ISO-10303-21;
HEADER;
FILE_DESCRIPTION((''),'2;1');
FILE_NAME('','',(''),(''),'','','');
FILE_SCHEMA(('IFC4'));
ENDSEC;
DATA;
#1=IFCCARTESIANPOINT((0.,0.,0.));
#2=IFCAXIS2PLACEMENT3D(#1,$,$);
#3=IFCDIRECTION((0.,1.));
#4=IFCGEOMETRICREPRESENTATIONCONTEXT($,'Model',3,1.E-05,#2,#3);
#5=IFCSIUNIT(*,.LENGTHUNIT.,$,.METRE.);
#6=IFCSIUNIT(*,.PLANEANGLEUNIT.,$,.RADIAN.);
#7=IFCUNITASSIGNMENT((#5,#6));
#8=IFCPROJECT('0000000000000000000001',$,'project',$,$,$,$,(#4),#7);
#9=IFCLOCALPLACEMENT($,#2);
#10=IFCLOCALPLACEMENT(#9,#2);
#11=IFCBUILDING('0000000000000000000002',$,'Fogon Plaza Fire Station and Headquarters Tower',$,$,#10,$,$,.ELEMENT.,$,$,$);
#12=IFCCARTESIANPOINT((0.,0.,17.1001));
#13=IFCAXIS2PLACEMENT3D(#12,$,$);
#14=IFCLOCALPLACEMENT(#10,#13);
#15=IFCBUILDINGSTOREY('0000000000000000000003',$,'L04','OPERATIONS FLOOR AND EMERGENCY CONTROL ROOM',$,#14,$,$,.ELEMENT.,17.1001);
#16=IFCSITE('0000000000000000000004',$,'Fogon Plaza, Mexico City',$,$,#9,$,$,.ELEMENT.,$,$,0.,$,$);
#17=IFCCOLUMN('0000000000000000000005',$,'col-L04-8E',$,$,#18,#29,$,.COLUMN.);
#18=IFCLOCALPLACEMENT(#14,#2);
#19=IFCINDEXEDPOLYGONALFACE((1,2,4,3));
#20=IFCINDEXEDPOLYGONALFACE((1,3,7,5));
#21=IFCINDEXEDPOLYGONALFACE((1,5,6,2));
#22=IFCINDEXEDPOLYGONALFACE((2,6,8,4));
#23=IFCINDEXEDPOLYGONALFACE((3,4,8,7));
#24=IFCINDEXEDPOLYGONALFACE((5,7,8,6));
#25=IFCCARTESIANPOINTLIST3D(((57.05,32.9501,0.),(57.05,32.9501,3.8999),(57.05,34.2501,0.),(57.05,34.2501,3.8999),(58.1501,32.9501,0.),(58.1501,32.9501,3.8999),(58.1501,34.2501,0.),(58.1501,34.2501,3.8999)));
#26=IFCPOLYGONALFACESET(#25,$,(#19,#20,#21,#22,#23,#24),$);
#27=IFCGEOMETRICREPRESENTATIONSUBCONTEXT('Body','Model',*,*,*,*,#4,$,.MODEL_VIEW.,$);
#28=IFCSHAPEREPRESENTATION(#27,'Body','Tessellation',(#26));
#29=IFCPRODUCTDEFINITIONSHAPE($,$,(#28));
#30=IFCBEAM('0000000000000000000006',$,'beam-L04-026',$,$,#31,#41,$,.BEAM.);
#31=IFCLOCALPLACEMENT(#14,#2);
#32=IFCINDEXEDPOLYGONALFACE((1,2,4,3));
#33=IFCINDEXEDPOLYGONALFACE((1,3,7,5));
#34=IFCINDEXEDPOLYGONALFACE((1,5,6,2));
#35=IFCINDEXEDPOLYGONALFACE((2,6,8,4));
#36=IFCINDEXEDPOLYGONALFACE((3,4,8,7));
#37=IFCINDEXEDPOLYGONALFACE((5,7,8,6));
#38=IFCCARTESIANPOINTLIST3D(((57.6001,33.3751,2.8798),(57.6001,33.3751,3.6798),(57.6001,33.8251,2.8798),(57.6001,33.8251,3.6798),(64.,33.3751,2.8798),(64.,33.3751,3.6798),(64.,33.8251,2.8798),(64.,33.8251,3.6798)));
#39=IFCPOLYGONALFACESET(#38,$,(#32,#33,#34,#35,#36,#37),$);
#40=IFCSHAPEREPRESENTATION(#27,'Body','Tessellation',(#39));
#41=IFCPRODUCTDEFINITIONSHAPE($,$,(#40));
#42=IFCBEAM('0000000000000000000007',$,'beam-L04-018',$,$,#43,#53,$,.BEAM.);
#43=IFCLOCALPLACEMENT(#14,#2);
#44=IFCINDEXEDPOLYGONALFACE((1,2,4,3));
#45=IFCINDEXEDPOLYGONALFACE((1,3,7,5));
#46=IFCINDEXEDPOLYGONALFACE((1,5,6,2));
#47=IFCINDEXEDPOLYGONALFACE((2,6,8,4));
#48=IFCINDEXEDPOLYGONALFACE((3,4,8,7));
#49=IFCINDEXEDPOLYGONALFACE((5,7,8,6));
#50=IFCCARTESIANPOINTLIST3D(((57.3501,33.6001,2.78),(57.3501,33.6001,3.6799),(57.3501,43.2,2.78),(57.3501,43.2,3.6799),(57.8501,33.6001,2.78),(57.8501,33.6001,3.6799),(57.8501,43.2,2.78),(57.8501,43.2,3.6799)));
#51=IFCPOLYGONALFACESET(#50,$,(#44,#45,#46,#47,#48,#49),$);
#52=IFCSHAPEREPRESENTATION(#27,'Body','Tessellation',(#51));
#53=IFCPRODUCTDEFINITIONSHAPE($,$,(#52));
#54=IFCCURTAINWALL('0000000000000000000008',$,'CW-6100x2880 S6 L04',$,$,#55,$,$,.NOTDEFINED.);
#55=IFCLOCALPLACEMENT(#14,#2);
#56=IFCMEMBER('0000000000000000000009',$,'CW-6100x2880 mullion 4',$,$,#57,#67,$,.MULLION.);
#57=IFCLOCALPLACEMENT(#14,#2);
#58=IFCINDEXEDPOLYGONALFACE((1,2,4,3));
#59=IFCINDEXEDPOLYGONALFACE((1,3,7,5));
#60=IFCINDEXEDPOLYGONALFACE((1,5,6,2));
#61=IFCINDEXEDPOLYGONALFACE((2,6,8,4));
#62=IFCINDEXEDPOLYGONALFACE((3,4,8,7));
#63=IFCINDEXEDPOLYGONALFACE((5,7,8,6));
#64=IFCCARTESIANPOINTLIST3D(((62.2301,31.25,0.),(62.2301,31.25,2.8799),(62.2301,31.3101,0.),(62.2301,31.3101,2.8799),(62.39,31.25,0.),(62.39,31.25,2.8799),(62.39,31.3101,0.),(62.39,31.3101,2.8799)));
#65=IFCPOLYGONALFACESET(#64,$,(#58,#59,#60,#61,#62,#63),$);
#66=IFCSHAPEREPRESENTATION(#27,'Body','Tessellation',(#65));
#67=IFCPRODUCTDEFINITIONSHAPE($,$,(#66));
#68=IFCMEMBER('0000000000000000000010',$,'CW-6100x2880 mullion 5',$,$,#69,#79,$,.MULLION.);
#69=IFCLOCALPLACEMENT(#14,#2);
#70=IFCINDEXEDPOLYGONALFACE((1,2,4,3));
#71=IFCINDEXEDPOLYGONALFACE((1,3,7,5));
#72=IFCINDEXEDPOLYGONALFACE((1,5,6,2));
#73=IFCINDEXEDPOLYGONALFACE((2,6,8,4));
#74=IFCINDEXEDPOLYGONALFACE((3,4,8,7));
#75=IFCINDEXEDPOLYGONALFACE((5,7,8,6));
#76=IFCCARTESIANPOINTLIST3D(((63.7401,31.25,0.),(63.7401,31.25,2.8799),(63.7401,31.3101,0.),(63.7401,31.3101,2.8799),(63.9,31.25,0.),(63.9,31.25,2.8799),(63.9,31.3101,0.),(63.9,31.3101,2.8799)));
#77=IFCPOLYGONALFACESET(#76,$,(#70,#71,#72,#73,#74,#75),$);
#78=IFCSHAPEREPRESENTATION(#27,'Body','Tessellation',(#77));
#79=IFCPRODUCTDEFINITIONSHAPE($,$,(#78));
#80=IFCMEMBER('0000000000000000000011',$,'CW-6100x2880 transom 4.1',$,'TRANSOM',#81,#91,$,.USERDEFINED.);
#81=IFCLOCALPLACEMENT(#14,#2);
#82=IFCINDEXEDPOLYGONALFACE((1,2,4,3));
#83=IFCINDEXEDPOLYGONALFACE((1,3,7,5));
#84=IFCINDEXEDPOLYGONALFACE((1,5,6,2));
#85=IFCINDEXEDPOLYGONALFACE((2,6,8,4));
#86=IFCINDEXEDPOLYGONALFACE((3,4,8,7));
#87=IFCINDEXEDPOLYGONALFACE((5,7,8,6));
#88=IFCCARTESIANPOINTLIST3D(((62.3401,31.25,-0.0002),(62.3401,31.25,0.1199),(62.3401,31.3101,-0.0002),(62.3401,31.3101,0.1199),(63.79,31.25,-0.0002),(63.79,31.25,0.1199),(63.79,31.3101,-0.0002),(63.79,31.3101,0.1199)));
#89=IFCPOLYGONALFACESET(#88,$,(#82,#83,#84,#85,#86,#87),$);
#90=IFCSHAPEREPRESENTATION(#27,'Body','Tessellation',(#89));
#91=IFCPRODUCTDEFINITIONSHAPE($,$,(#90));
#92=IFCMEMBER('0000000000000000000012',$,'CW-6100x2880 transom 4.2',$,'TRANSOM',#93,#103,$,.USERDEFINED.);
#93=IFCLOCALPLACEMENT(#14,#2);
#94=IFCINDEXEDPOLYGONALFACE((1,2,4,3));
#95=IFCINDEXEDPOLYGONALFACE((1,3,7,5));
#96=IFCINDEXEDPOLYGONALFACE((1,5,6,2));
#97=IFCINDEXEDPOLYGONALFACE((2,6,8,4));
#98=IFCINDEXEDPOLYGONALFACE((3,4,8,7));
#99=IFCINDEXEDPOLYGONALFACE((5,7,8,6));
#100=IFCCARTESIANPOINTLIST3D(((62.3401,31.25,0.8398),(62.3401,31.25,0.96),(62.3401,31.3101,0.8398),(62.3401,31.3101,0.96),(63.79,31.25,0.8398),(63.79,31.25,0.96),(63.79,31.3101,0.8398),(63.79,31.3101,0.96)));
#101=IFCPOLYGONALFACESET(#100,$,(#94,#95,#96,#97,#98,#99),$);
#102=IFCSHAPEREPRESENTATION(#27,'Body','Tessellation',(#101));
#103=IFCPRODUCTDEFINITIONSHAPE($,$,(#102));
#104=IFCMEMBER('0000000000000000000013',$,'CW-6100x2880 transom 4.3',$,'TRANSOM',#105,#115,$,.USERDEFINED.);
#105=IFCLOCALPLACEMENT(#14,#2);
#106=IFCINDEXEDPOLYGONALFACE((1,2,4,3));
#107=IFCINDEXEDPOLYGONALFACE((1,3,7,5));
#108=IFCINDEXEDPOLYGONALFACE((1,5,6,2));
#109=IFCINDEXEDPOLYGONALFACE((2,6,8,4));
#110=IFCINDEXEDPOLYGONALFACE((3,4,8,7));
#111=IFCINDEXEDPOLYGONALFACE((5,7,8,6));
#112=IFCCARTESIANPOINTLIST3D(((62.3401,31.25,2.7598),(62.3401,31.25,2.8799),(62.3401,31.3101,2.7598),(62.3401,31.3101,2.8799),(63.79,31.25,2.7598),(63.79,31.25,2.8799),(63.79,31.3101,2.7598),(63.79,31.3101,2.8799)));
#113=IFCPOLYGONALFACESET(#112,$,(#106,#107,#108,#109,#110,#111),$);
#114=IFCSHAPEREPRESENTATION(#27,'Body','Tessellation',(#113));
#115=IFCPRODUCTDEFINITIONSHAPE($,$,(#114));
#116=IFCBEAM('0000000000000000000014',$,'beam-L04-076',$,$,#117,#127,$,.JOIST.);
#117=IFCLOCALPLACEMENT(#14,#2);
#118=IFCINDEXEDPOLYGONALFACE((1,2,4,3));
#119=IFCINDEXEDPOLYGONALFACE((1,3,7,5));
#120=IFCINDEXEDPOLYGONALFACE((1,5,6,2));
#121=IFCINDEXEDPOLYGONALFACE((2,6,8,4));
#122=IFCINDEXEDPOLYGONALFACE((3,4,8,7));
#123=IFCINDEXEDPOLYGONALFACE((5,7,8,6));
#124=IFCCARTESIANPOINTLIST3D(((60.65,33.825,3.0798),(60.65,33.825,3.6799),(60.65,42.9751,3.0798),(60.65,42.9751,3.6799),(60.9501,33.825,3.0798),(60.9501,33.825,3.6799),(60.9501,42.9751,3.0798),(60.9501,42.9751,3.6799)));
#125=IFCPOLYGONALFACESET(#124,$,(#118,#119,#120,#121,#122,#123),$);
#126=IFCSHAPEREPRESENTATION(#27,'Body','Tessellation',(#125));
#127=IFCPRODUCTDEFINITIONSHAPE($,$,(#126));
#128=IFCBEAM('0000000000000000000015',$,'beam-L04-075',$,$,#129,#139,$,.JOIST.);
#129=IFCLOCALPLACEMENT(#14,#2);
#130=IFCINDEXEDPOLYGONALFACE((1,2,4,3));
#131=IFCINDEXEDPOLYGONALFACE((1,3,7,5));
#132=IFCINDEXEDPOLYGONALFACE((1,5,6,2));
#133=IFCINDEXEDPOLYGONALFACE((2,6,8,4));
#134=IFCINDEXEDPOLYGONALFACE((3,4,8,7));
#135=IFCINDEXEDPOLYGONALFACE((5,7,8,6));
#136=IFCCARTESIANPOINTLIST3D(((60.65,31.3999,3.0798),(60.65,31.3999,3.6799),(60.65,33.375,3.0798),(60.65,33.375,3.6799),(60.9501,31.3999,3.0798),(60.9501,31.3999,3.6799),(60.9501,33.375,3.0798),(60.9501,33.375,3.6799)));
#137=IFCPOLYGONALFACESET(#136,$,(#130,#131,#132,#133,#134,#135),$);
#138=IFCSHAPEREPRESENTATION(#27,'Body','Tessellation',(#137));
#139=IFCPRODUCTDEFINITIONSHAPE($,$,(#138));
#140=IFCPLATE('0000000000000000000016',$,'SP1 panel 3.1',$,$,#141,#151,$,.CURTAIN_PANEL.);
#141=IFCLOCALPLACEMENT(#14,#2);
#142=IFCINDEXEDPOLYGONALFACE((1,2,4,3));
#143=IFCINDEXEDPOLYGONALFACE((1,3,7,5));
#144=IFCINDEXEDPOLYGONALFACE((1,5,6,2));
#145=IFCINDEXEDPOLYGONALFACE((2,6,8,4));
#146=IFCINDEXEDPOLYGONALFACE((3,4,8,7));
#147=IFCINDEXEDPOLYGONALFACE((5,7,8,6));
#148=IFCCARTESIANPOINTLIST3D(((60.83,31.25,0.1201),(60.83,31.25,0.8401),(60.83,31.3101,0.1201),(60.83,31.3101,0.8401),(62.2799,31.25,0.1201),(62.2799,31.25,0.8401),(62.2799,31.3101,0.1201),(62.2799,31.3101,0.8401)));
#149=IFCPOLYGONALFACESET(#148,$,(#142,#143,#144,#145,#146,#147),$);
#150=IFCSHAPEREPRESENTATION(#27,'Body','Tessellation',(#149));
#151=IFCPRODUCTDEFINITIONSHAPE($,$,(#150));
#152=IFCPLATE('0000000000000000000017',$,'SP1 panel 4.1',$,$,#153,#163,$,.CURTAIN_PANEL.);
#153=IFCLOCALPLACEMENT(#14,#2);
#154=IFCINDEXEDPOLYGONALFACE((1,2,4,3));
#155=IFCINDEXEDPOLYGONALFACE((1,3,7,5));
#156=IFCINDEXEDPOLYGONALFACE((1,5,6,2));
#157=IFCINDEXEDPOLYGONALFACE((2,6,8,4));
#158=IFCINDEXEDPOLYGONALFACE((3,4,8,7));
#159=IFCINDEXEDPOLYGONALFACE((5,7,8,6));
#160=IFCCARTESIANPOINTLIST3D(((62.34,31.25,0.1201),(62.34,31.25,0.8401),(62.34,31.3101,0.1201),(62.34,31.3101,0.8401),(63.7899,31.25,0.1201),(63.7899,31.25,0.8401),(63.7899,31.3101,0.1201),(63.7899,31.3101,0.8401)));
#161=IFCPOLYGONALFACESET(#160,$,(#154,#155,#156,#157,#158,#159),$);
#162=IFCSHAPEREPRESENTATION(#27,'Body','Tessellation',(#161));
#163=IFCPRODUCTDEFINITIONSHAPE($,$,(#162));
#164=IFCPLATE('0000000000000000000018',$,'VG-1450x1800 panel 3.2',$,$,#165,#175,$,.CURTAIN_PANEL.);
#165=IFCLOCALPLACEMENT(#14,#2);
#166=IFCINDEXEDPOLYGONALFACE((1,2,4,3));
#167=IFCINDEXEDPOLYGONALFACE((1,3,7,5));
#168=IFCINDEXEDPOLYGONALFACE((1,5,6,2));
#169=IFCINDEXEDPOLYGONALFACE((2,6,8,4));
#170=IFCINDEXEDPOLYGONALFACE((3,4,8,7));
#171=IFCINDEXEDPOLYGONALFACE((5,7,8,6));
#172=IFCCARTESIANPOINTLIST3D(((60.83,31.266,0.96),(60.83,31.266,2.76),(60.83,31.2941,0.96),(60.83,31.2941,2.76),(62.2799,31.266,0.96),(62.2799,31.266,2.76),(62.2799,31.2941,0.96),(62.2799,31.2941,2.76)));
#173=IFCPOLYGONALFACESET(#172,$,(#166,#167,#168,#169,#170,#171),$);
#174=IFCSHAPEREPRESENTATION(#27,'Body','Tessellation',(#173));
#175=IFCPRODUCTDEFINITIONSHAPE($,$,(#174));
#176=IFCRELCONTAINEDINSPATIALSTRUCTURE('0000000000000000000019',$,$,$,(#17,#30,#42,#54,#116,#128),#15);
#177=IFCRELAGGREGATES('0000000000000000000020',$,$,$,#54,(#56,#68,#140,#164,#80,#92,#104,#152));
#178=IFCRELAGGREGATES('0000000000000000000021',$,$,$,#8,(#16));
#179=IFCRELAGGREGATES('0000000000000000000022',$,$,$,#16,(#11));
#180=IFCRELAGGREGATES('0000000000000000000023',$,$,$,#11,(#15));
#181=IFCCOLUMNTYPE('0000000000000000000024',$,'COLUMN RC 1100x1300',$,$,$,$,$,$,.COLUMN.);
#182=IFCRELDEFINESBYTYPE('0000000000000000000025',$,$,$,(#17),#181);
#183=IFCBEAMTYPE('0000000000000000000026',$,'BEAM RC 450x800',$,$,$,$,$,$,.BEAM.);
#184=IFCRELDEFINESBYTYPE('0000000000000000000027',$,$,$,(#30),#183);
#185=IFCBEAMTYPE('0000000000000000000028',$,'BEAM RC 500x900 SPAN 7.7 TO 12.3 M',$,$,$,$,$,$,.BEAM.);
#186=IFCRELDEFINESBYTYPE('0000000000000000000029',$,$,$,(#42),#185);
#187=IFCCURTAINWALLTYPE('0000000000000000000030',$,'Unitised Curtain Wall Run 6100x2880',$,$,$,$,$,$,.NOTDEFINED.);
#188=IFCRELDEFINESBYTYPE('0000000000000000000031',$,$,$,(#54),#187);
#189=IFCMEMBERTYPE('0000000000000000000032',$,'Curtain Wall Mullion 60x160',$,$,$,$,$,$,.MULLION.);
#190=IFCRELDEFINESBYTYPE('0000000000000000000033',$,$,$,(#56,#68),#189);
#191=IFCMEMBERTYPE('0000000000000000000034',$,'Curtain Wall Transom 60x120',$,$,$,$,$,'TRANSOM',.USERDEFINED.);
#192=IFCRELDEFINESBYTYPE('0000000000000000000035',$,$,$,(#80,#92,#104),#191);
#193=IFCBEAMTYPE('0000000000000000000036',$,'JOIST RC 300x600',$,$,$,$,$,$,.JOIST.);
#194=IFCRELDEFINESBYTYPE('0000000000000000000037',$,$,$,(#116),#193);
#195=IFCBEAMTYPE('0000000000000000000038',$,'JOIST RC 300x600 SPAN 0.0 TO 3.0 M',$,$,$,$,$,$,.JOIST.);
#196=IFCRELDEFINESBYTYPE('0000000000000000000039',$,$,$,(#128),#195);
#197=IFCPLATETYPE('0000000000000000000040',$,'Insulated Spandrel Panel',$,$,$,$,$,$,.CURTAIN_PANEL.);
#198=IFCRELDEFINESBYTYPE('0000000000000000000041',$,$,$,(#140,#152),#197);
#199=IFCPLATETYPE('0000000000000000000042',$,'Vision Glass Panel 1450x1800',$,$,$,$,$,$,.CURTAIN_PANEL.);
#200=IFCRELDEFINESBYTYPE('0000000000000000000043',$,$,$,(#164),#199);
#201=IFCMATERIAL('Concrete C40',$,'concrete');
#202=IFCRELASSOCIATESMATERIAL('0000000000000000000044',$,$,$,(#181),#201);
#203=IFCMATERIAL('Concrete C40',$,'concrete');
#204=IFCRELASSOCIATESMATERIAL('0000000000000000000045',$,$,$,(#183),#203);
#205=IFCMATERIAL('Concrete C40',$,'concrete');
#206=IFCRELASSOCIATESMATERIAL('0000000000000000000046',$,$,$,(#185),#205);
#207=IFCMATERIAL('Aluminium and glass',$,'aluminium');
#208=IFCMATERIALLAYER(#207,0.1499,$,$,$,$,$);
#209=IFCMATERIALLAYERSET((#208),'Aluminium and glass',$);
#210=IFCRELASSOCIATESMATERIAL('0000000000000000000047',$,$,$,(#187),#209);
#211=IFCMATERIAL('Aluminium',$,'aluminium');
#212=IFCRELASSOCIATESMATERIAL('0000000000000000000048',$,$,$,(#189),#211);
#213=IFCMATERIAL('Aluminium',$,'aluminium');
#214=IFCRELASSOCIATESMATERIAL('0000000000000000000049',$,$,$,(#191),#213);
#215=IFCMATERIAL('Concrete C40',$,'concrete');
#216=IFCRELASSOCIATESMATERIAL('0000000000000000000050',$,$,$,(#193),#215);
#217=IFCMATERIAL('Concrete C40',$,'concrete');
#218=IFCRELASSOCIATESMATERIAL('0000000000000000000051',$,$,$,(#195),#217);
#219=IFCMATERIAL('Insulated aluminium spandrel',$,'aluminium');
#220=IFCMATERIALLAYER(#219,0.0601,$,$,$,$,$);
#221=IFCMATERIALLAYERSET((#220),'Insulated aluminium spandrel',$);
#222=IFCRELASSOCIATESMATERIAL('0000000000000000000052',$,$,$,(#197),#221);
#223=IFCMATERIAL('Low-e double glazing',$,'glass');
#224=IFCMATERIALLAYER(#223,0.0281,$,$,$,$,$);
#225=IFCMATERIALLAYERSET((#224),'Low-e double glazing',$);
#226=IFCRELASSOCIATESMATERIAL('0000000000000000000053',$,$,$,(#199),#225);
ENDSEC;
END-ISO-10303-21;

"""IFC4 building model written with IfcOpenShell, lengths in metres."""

from ifc_helpers import new_model, si_unit, direction, frame, origin, origin_2d, place, context, subcontext, project, spatial, rectangle, extrude, material, layer, layer_set, material_profile, profile_set, type_object, element, aggregate, save


model = new_model("IFC4")

# Units and contexts
model_context = context("Model", 3, precision=1e-05, world=origin(), true_north=direction((0.0, 1.0)))
body_context = subcontext(model_context, "Body", "Model", "MODEL_VIEW")
ifc_project = project(units=[si_unit("LENGTHUNIT", "METRE"), si_unit("PLANEANGLEUNIT", "RADIAN")], contexts=[model_context])

# Site, building, storey
site_placement = place(None, origin())
site = spatial("IfcSite", under=ifc_project, at=site_placement, Name="Fogon Plaza, Mexico City", CompositionType="ELEMENT", RefElevation=0.0)
building_placement = place(site_placement, origin())
building = spatial("IfcBuilding", under=site, at=building_placement, Name="Fogon Plaza Fire Station and Headquarters Tower", CompositionType="ELEMENT")
storey_placement = place(building_placement, frame((0.0, 0.0, 17.1001)))
storey = spatial("IfcBuildingStorey", under=building, at=storey_placement, Name="L04", Description="OPERATIONS FLOOR AND EMERGENCY CONTROL ROOM", CompositionType="ELEMENT", Elevation=17.1001)

# Column
ifc_material_1 = material(Name="Concrete C40", Category="concrete")
ifc_material_profile_1 = material_profile(ifc_material_1, rectangle(XDim=1.1001, YDim=1.3, at=origin_2d()), Name="RC 1100x1300")
ifc_profile_set_1 = profile_set([ifc_material_profile_1], Name="Concrete C40")
column_type = type_object("IfcColumnType", Name="COLUMN RC 1100x1300", PredefinedType="COLUMN", material=ifc_profile_set_1)
column_placement = place(storey_placement, frame((57.6001, 33.6001, 0.0), z_axis=(0.0, 0.0, 1.0), x_axis=(1.0, 0.0, 0.0)))
element("IfcColumn", 1, at=column_placement, inside=storey, type_object=column_type, Name="col-L04-8E", PredefinedType="COLUMN", context=body_context, shape_type="SweptSolid", body=[
    extrude(rectangle(XDim=1.1001, YDim=1.3, at=origin_2d()), origin(), (0.0, 0.0, 1.0), 3.8999),
])

# Beams
ifc_material_2 = material(Name="Concrete C40", Category="concrete")
ifc_material_profile_2 = material_profile(ifc_material_2, rectangle(XDim=0.45, YDim=0.8, at=origin_2d()), Name="RC 450x800")
ifc_profile_set_2 = profile_set([ifc_material_profile_2], Name="Concrete C40")
beam_type_1 = type_object("IfcBeamType", Name="BEAM RC 450x800", PredefinedType="BEAM", material=ifc_profile_set_2)
beam_1_placement = place(storey_placement, frame((57.6001, 33.6001, 3.2798), z_axis=(1.0, 0.0, 0.0), x_axis=(0.0, 1.0, 0.0)))
element("IfcBeam", 2, at=beam_1_placement, inside=storey, type_object=beam_type_1, Name="beam-L04-026", PredefinedType="BEAM", context=body_context, shape_type="SweptSolid", body=[
    extrude(rectangle(XDim=0.45, YDim=0.8, at=origin_2d()), origin(), (0.0, 0.0, 1.0), 6.3999),
])
ifc_material_3 = material(Name="Concrete C40", Category="concrete")
ifc_material_profile_3 = material_profile(ifc_material_3, rectangle(XDim=0.5, YDim=0.8999, at=origin_2d()), Name="RC 500x900")
ifc_profile_set_3 = profile_set([ifc_material_profile_3], Name="Concrete C40")
beam_type_2 = type_object("IfcBeamType", Name="BEAM RC 500x900 SPAN 7.7 TO 12.3 M", PredefinedType="BEAM", material=ifc_profile_set_3)
beam_2_placement = place(storey_placement, frame((57.6001, 33.6001, 3.23), z_axis=(0.0, 1.0, 0.0), x_axis=(-1.0, 0.0, 0.0)))
element("IfcBeam", 3, at=beam_2_placement, inside=storey, type_object=beam_type_2, Name="beam-L04-018", PredefinedType="BEAM", context=body_context, shape_type="SweptSolid", body=[
    extrude(rectangle(XDim=0.5, YDim=0.8999, at=origin_2d()), origin(), (0.0, 0.0, 1.0), 9.5999),
])

# Curtain wall, members
ifc_material_4 = material(Name="Aluminium and glass", Category="aluminium")
ifc_layer_1 = layer(ifc_material_4, 0.1499)
ifc_layer_set_1 = layer_set([ifc_layer_1], Name="Aluminium and glass")
curtain_wall_type = type_object("IfcCurtainWallType", Name="Unitised Curtain Wall Run 6100x2880", PredefinedType="NOTDEFINED", material=ifc_layer_set_1)
curtain_wall_placement = place(storey_placement, origin())
curtain_wall = element("IfcCurtainWall", 4, at=curtain_wall_placement, inside=storey, type_object=curtain_wall_type, Name="CW-6100x2880 S6 L04", PredefinedType="NOTDEFINED")
ifc_material_5 = material(Name="Aluminium", Category="aluminium")
ifc_material_profile_4 = material_profile(ifc_material_5, rectangle(XDim=0.0601, YDim=0.1599, at=origin_2d()), Name="Curtain Wall Mullion 60x160")
ifc_profile_set_4 = profile_set([ifc_material_profile_4], Name="Aluminium")
member_type_1 = type_object("IfcMemberType", Name="Curtain Wall Mullion 60x160", PredefinedType="MULLION", material=ifc_profile_set_4)
member_1_placement = place(storey_placement, frame((62.3101, 31.28, 0.0), z_axis=(0.0, 0.0, 1.0), x_axis=(0.0, 1.0, 0.0)))
member_1 = element("IfcMember", 5, at=member_1_placement, type_object=member_type_1, Name="CW-6100x2880 mullion 4", PredefinedType="MULLION", context=body_context, shape_type="SweptSolid", body=[
    extrude(rectangle(XDim=0.0601, YDim=0.1599, at=origin_2d()), origin(), (0.0, 0.0, 1.0), 2.8799),
])
member_2_placement = place(storey_placement, frame((63.8201, 31.28, 0.0), z_axis=(0.0, 0.0, 1.0), x_axis=(0.0, 1.0, 0.0)))
member_2 = element("IfcMember", 6, at=member_2_placement, type_object=member_type_1, Name="CW-6100x2880 mullion 5", PredefinedType="MULLION", context=body_context, shape_type="SweptSolid", body=[
    extrude(rectangle(XDim=0.0601, YDim=0.1599, at=origin_2d()), origin(), (0.0, 0.0, 1.0), 2.8799),
])
ifc_material_6 = material(Name="Aluminium", Category="aluminium")
ifc_material_profile_5 = material_profile(ifc_material_6, rectangle(XDim=0.0601, YDim=0.1201, at=origin_2d()), Name="Curtain Wall Transom 60x120")
ifc_profile_set_5 = profile_set([ifc_material_profile_5], Name="Aluminium")
member_type_2 = type_object("IfcMemberType", Name="Curtain Wall Transom 60x120", ElementType="TRANSOM", PredefinedType="USERDEFINED", material=ifc_profile_set_5)
member_3_placement = place(storey_placement, frame((62.3401, 31.28, 0.0598), z_axis=(1.0, 0.0, 0.0), x_axis=(0.0, 1.0, 0.0)))
member_3 = element("IfcMember", 7, at=member_3_placement, type_object=member_type_2, Name="CW-6100x2880 transom 4.1", ObjectType="TRANSOM", PredefinedType="USERDEFINED", context=body_context, shape_type="SweptSolid", body=[
    extrude(rectangle(XDim=0.0601, YDim=0.1201, at=origin_2d()), origin(), (0.0, 0.0, 1.0), 1.45),
])
member_4_placement = place(storey_placement, frame((62.3401, 31.28, 0.8999), z_axis=(1.0, 0.0, 0.0), x_axis=(0.0, 1.0, 0.0)))
member_4 = element("IfcMember", 8, at=member_4_placement, type_object=member_type_2, Name="CW-6100x2880 transom 4.2", ObjectType="TRANSOM", PredefinedType="USERDEFINED", context=body_context, shape_type="SweptSolid", body=[
    extrude(rectangle(XDim=0.0601, YDim=0.1201, at=origin_2d()), origin(), (0.0, 0.0, 1.0), 1.45),
])
member_5_placement = place(storey_placement, frame((62.3401, 31.28, 2.8198), z_axis=(1.0, 0.0, 0.0), x_axis=(0.0, 1.0, 0.0)))
member_5 = element("IfcMember", 9, at=member_5_placement, type_object=member_type_2, Name="CW-6100x2880 transom 4.3", ObjectType="TRANSOM", PredefinedType="USERDEFINED", context=body_context, shape_type="SweptSolid", body=[
    extrude(rectangle(XDim=0.0601, YDim=0.1201, at=origin_2d()), origin(), (0.0, 0.0, 1.0), 1.45),
])

# Beams
ifc_material_7 = material(Name="Concrete C40", Category="concrete")
ifc_material_profile_6 = material_profile(ifc_material_7, rectangle(XDim=0.3, YDim=0.6001, at=origin_2d()), Name="RC 300x600")
ifc_profile_set_6 = profile_set([ifc_material_profile_6], Name="Concrete C40")
beam_type_3 = type_object("IfcBeamType", Name="JOIST RC 300x600", PredefinedType="JOIST", material=ifc_profile_set_6)
beam_3_placement = place(storey_placement, frame((60.8, 33.825, 3.3799), z_axis=(0.0, 1.0, 0.0), x_axis=(-1.0, 0.0, 0.0)))
element("IfcBeam", 10, at=beam_3_placement, inside=storey, type_object=beam_type_3, Name="beam-L04-076", PredefinedType="JOIST", context=body_context, shape_type="SweptSolid", body=[
    extrude(rectangle(XDim=0.3, YDim=0.6001, at=origin_2d()), origin(), (0.0, 0.0, 1.0), 9.1501),
])
ifc_material_8 = material(Name="Concrete C40", Category="concrete")
ifc_material_profile_7 = material_profile(ifc_material_8, rectangle(XDim=0.3, YDim=0.6001, at=origin_2d()), Name="RC 300x600")
ifc_profile_set_7 = profile_set([ifc_material_profile_7], Name="Concrete C40")
beam_type_4 = type_object("IfcBeamType", Name="JOIST RC 300x600 SPAN 0.0 TO 3.0 M", PredefinedType="JOIST", material=ifc_profile_set_7)
beam_4_placement = place(storey_placement, frame((60.8, 31.3999, 3.3799), z_axis=(0.0, 1.0, 0.0), x_axis=(-1.0, 0.0, 0.0)))
element("IfcBeam", 11, at=beam_4_placement, inside=storey, type_object=beam_type_4, Name="beam-L04-075", PredefinedType="JOIST", context=body_context, shape_type="SweptSolid", body=[
    extrude(rectangle(XDim=0.3, YDim=0.6001, at=origin_2d()), origin(), (0.0, 0.0, 1.0), 1.9751),
])

# Plates
ifc_material_9 = material(Name="Insulated aluminium spandrel", Category="aluminium")
ifc_layer_2 = layer(ifc_material_9, 0.0601)
ifc_layer_set_2 = layer_set([ifc_layer_2], Name="Insulated aluminium spandrel")
plate_type_1 = type_object("IfcPlateType", Name="Insulated Spandrel Panel", PredefinedType="CURTAIN_PANEL", material=ifc_layer_set_2)
plate_1_placement = place(storey_placement, frame((61.5549, 31.28, 0.1201), z_axis=(0.0, 0.0, 1.0), x_axis=(1.0, 0.0, 0.0)))
plate_1 = element("IfcPlate", 12, at=plate_1_placement, type_object=plate_type_1, Name="SP1 panel 3.1", PredefinedType="CURTAIN_PANEL", context=body_context, shape_type="SweptSolid", body=[
    extrude(rectangle(XDim=1.45, YDim=0.0601, at=origin_2d()), origin(), (0.0, 0.0, 1.0), 0.72),
])
plate_2_placement = place(storey_placement, frame((63.0649, 31.28, 0.1201), z_axis=(0.0, 0.0, 1.0), x_axis=(1.0, 0.0, 0.0)))
plate_2 = element("IfcPlate", 13, at=plate_2_placement, type_object=plate_type_1, Name="SP1 panel 4.1", PredefinedType="CURTAIN_PANEL", context=body_context, shape_type="SweptSolid", body=[
    extrude(rectangle(XDim=1.45, YDim=0.0601, at=origin_2d()), origin(), (0.0, 0.0, 1.0), 0.72),
])
ifc_material_10 = material(Name="Low-e double glazing", Category="glass")
ifc_layer_3 = layer(ifc_material_10, 0.0281)
ifc_layer_set_3 = layer_set([ifc_layer_3], Name="Low-e double glazing")
plate_type_2 = type_object("IfcPlateType", Name="Vision Glass Panel 1450x1800", PredefinedType="CURTAIN_PANEL", material=ifc_layer_set_3)
plate_3_placement = place(storey_placement, frame((61.5549, 31.28, 0.96), z_axis=(0.0, 0.0, 1.0), x_axis=(1.0, 0.0, 0.0)))
plate_3 = element("IfcPlate", 14, at=plate_3_placement, type_object=plate_type_2, Name="VG-1450x1800 panel 3.2", PredefinedType="CURTAIN_PANEL", context=body_context, shape_type="SweptSolid", body=[
    extrude(rectangle(XDim=1.45, YDim=0.0281, at=origin_2d()), origin(), (0.0, 0.0, 1.0), 1.8),
])
aggregate(curtain_wall, [member_1, member_2, plate_1, plate_3, member_3, member_4, member_5, plate_2])

save(model, "model.ifc")
